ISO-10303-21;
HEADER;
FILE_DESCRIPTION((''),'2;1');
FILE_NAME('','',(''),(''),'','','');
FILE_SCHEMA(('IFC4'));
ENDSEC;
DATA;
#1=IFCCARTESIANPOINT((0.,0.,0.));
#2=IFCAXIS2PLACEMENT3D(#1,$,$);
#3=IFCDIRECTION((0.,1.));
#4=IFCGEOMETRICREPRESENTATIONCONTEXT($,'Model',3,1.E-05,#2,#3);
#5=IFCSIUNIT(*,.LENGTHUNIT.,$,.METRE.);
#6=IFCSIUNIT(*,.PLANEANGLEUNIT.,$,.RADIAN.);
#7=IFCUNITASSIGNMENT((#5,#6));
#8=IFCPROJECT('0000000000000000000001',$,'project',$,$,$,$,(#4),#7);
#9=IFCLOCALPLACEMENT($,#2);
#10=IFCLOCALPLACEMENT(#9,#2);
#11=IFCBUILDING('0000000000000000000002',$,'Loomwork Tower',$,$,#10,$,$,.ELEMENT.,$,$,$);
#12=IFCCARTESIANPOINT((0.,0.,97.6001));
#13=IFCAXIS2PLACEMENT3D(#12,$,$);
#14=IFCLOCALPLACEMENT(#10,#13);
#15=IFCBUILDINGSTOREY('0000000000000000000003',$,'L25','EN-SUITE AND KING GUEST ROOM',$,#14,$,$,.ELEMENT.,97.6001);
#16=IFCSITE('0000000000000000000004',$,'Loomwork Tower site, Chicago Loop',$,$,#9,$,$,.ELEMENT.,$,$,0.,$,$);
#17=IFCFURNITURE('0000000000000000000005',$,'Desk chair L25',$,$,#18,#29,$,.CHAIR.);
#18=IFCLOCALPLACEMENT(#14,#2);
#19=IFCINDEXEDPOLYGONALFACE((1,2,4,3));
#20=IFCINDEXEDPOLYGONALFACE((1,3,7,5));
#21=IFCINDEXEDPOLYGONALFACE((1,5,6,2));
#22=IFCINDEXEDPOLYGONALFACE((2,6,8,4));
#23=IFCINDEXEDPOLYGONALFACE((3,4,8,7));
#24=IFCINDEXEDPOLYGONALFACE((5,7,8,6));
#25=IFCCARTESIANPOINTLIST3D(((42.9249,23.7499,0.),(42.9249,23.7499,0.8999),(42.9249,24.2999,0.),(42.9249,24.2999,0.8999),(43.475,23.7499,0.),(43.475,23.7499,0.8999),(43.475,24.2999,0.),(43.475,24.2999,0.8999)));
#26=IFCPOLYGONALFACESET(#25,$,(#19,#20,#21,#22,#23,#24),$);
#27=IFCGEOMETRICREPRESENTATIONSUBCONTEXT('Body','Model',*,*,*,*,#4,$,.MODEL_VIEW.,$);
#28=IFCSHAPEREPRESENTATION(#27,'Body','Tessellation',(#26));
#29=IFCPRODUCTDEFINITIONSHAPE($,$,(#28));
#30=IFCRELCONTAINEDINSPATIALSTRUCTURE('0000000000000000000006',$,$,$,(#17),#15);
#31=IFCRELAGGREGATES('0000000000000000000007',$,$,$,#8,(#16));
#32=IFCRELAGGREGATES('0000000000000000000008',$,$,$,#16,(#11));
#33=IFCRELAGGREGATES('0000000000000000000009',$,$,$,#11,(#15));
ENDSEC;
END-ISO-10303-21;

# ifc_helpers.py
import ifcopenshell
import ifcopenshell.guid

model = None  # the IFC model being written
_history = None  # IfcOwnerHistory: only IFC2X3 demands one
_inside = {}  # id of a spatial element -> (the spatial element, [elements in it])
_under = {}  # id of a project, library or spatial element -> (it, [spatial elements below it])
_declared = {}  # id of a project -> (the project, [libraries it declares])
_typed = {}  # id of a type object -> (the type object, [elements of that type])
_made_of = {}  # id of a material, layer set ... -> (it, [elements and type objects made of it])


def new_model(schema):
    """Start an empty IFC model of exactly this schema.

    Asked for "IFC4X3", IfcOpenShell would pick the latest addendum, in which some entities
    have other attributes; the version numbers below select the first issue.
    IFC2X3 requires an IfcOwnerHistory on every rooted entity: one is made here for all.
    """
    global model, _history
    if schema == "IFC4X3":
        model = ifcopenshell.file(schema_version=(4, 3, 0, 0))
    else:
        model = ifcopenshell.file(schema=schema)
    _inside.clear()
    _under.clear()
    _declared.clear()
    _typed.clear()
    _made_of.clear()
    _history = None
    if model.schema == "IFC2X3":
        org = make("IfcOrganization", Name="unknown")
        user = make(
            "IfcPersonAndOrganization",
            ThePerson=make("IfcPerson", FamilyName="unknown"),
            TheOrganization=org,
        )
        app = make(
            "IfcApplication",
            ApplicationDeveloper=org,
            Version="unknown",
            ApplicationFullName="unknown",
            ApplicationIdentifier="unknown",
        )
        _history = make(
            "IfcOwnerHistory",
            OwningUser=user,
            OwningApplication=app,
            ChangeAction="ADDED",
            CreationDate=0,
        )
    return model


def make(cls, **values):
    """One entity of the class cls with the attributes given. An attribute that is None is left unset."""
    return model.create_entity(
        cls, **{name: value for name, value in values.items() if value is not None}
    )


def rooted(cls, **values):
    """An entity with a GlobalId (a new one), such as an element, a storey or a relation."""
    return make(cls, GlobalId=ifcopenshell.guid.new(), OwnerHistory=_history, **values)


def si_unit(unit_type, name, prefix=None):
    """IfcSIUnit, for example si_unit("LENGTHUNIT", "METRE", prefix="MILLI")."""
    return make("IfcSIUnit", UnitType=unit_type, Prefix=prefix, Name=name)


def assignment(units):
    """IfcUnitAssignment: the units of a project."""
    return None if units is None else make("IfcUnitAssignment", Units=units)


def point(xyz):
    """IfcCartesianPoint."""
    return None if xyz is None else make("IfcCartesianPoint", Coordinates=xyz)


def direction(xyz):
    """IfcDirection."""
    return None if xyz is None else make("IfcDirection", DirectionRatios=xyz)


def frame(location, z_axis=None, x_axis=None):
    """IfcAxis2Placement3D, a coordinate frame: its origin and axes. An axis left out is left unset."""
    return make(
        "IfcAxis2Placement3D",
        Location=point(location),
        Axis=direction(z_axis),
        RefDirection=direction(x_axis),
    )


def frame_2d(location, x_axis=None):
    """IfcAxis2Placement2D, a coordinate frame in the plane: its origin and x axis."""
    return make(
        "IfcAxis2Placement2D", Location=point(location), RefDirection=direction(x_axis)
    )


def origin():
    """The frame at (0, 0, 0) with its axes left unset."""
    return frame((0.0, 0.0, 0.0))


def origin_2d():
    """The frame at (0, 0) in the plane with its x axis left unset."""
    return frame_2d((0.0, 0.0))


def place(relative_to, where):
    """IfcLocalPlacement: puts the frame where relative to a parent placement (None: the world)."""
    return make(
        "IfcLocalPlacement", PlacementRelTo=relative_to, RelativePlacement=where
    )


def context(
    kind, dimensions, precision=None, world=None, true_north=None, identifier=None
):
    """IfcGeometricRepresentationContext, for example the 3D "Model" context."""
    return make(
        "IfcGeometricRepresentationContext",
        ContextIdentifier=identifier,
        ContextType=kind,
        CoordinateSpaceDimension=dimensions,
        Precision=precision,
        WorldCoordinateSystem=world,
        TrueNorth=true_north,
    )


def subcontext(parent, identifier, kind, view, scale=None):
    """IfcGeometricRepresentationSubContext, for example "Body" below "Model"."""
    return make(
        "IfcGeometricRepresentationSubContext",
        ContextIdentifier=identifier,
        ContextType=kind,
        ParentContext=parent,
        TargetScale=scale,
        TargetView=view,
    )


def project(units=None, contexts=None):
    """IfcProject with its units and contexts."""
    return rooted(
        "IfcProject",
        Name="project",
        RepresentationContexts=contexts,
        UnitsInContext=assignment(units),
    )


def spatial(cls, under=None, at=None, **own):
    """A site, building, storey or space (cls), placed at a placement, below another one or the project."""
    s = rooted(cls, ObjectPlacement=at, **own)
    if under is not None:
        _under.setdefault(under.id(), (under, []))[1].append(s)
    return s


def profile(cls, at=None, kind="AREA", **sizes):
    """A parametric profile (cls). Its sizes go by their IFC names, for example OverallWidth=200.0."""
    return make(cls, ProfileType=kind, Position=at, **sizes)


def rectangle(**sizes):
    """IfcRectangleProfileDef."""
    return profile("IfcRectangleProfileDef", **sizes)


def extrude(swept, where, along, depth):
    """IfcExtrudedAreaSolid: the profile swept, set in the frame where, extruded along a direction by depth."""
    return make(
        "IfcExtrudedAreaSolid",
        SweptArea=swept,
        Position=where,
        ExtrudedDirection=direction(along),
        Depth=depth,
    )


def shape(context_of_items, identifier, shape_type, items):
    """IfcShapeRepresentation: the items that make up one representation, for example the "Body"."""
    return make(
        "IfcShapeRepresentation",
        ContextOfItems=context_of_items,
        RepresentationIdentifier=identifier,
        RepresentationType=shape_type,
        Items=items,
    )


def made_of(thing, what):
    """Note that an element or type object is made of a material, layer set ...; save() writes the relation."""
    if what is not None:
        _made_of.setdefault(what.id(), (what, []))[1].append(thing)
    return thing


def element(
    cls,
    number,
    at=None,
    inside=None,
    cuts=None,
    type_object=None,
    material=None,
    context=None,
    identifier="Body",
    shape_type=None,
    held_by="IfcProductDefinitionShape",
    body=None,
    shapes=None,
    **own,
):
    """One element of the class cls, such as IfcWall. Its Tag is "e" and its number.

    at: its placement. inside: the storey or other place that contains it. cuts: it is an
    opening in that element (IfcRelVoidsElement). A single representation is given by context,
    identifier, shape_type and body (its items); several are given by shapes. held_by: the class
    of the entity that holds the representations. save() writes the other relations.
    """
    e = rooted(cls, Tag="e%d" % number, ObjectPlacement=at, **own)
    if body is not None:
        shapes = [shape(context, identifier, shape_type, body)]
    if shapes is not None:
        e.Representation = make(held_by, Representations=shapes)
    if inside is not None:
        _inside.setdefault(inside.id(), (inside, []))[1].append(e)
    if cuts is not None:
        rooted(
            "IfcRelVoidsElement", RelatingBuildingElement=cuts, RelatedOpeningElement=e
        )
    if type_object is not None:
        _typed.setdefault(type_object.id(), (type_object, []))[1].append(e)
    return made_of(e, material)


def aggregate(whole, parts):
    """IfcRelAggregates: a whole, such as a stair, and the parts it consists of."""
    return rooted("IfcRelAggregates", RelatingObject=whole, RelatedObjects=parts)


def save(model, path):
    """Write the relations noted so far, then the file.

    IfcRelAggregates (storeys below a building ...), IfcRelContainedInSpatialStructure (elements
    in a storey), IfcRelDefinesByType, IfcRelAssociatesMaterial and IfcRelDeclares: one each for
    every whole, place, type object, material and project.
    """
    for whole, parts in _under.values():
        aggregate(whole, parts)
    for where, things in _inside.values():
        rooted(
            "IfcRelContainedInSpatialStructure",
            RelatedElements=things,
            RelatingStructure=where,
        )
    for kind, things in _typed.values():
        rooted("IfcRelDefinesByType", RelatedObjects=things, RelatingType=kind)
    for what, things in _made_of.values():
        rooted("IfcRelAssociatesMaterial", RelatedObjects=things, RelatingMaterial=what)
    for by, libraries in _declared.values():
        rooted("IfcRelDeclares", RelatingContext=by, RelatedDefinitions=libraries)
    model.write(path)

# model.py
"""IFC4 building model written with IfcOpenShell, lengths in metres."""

from ifc_helpers import new_model, si_unit, direction, frame, origin, origin_2d, place, context, subcontext, project, spatial, rectangle, extrude, element, save


model = new_model("IFC4")

# Units and contexts
model_context = context("Model", 3, precision=1e-05, world=origin(), true_north=direction((0.0, 1.0)))
body_context = subcontext(model_context, "Body", "Model", "MODEL_VIEW")
ifc_project = project(units=[si_unit("LENGTHUNIT", "METRE"), si_unit("PLANEANGLEUNIT", "RADIAN")], contexts=[model_context])

# Site, building, storey
site_placement = place(None, origin())
site = spatial("IfcSite", under=ifc_project, at=site_placement, Name="Loomwork Tower site, Chicago Loop", CompositionType="ELEMENT", RefElevation=0.0)
building_placement = place(site_placement, origin())
building = spatial("IfcBuilding", under=site, at=building_placement, Name="Loomwork Tower", CompositionType="ELEMENT")
storey_placement = place(building_placement, frame((0.0, 0.0, 97.6001)))
storey = spatial("IfcBuildingStorey", under=building, at=storey_placement, Name="L25", Description="EN-SUITE AND KING GUEST ROOM", CompositionType="ELEMENT", Elevation=97.6001)

# Furniture
furniture_1_placement = place(storey_placement, frame((43.2, 24.0249, 0.0), z_axis=(0.0, 0.0, 1.0), x_axis=(1.0, 0.0, 0.0)))
element("IfcFurniture", 1, at=furniture_1_placement, inside=storey, Name="Desk chair L25", PredefinedType="CHAIR", context=body_context, shape_type="SweptSolid", body=[
    extrude(rectangle(XDim=0.55, YDim=0.55, at=origin_2d()), origin(), (0.0, 0.0, 1.0), 0.8999),
])

save(model, "model.ifc")
